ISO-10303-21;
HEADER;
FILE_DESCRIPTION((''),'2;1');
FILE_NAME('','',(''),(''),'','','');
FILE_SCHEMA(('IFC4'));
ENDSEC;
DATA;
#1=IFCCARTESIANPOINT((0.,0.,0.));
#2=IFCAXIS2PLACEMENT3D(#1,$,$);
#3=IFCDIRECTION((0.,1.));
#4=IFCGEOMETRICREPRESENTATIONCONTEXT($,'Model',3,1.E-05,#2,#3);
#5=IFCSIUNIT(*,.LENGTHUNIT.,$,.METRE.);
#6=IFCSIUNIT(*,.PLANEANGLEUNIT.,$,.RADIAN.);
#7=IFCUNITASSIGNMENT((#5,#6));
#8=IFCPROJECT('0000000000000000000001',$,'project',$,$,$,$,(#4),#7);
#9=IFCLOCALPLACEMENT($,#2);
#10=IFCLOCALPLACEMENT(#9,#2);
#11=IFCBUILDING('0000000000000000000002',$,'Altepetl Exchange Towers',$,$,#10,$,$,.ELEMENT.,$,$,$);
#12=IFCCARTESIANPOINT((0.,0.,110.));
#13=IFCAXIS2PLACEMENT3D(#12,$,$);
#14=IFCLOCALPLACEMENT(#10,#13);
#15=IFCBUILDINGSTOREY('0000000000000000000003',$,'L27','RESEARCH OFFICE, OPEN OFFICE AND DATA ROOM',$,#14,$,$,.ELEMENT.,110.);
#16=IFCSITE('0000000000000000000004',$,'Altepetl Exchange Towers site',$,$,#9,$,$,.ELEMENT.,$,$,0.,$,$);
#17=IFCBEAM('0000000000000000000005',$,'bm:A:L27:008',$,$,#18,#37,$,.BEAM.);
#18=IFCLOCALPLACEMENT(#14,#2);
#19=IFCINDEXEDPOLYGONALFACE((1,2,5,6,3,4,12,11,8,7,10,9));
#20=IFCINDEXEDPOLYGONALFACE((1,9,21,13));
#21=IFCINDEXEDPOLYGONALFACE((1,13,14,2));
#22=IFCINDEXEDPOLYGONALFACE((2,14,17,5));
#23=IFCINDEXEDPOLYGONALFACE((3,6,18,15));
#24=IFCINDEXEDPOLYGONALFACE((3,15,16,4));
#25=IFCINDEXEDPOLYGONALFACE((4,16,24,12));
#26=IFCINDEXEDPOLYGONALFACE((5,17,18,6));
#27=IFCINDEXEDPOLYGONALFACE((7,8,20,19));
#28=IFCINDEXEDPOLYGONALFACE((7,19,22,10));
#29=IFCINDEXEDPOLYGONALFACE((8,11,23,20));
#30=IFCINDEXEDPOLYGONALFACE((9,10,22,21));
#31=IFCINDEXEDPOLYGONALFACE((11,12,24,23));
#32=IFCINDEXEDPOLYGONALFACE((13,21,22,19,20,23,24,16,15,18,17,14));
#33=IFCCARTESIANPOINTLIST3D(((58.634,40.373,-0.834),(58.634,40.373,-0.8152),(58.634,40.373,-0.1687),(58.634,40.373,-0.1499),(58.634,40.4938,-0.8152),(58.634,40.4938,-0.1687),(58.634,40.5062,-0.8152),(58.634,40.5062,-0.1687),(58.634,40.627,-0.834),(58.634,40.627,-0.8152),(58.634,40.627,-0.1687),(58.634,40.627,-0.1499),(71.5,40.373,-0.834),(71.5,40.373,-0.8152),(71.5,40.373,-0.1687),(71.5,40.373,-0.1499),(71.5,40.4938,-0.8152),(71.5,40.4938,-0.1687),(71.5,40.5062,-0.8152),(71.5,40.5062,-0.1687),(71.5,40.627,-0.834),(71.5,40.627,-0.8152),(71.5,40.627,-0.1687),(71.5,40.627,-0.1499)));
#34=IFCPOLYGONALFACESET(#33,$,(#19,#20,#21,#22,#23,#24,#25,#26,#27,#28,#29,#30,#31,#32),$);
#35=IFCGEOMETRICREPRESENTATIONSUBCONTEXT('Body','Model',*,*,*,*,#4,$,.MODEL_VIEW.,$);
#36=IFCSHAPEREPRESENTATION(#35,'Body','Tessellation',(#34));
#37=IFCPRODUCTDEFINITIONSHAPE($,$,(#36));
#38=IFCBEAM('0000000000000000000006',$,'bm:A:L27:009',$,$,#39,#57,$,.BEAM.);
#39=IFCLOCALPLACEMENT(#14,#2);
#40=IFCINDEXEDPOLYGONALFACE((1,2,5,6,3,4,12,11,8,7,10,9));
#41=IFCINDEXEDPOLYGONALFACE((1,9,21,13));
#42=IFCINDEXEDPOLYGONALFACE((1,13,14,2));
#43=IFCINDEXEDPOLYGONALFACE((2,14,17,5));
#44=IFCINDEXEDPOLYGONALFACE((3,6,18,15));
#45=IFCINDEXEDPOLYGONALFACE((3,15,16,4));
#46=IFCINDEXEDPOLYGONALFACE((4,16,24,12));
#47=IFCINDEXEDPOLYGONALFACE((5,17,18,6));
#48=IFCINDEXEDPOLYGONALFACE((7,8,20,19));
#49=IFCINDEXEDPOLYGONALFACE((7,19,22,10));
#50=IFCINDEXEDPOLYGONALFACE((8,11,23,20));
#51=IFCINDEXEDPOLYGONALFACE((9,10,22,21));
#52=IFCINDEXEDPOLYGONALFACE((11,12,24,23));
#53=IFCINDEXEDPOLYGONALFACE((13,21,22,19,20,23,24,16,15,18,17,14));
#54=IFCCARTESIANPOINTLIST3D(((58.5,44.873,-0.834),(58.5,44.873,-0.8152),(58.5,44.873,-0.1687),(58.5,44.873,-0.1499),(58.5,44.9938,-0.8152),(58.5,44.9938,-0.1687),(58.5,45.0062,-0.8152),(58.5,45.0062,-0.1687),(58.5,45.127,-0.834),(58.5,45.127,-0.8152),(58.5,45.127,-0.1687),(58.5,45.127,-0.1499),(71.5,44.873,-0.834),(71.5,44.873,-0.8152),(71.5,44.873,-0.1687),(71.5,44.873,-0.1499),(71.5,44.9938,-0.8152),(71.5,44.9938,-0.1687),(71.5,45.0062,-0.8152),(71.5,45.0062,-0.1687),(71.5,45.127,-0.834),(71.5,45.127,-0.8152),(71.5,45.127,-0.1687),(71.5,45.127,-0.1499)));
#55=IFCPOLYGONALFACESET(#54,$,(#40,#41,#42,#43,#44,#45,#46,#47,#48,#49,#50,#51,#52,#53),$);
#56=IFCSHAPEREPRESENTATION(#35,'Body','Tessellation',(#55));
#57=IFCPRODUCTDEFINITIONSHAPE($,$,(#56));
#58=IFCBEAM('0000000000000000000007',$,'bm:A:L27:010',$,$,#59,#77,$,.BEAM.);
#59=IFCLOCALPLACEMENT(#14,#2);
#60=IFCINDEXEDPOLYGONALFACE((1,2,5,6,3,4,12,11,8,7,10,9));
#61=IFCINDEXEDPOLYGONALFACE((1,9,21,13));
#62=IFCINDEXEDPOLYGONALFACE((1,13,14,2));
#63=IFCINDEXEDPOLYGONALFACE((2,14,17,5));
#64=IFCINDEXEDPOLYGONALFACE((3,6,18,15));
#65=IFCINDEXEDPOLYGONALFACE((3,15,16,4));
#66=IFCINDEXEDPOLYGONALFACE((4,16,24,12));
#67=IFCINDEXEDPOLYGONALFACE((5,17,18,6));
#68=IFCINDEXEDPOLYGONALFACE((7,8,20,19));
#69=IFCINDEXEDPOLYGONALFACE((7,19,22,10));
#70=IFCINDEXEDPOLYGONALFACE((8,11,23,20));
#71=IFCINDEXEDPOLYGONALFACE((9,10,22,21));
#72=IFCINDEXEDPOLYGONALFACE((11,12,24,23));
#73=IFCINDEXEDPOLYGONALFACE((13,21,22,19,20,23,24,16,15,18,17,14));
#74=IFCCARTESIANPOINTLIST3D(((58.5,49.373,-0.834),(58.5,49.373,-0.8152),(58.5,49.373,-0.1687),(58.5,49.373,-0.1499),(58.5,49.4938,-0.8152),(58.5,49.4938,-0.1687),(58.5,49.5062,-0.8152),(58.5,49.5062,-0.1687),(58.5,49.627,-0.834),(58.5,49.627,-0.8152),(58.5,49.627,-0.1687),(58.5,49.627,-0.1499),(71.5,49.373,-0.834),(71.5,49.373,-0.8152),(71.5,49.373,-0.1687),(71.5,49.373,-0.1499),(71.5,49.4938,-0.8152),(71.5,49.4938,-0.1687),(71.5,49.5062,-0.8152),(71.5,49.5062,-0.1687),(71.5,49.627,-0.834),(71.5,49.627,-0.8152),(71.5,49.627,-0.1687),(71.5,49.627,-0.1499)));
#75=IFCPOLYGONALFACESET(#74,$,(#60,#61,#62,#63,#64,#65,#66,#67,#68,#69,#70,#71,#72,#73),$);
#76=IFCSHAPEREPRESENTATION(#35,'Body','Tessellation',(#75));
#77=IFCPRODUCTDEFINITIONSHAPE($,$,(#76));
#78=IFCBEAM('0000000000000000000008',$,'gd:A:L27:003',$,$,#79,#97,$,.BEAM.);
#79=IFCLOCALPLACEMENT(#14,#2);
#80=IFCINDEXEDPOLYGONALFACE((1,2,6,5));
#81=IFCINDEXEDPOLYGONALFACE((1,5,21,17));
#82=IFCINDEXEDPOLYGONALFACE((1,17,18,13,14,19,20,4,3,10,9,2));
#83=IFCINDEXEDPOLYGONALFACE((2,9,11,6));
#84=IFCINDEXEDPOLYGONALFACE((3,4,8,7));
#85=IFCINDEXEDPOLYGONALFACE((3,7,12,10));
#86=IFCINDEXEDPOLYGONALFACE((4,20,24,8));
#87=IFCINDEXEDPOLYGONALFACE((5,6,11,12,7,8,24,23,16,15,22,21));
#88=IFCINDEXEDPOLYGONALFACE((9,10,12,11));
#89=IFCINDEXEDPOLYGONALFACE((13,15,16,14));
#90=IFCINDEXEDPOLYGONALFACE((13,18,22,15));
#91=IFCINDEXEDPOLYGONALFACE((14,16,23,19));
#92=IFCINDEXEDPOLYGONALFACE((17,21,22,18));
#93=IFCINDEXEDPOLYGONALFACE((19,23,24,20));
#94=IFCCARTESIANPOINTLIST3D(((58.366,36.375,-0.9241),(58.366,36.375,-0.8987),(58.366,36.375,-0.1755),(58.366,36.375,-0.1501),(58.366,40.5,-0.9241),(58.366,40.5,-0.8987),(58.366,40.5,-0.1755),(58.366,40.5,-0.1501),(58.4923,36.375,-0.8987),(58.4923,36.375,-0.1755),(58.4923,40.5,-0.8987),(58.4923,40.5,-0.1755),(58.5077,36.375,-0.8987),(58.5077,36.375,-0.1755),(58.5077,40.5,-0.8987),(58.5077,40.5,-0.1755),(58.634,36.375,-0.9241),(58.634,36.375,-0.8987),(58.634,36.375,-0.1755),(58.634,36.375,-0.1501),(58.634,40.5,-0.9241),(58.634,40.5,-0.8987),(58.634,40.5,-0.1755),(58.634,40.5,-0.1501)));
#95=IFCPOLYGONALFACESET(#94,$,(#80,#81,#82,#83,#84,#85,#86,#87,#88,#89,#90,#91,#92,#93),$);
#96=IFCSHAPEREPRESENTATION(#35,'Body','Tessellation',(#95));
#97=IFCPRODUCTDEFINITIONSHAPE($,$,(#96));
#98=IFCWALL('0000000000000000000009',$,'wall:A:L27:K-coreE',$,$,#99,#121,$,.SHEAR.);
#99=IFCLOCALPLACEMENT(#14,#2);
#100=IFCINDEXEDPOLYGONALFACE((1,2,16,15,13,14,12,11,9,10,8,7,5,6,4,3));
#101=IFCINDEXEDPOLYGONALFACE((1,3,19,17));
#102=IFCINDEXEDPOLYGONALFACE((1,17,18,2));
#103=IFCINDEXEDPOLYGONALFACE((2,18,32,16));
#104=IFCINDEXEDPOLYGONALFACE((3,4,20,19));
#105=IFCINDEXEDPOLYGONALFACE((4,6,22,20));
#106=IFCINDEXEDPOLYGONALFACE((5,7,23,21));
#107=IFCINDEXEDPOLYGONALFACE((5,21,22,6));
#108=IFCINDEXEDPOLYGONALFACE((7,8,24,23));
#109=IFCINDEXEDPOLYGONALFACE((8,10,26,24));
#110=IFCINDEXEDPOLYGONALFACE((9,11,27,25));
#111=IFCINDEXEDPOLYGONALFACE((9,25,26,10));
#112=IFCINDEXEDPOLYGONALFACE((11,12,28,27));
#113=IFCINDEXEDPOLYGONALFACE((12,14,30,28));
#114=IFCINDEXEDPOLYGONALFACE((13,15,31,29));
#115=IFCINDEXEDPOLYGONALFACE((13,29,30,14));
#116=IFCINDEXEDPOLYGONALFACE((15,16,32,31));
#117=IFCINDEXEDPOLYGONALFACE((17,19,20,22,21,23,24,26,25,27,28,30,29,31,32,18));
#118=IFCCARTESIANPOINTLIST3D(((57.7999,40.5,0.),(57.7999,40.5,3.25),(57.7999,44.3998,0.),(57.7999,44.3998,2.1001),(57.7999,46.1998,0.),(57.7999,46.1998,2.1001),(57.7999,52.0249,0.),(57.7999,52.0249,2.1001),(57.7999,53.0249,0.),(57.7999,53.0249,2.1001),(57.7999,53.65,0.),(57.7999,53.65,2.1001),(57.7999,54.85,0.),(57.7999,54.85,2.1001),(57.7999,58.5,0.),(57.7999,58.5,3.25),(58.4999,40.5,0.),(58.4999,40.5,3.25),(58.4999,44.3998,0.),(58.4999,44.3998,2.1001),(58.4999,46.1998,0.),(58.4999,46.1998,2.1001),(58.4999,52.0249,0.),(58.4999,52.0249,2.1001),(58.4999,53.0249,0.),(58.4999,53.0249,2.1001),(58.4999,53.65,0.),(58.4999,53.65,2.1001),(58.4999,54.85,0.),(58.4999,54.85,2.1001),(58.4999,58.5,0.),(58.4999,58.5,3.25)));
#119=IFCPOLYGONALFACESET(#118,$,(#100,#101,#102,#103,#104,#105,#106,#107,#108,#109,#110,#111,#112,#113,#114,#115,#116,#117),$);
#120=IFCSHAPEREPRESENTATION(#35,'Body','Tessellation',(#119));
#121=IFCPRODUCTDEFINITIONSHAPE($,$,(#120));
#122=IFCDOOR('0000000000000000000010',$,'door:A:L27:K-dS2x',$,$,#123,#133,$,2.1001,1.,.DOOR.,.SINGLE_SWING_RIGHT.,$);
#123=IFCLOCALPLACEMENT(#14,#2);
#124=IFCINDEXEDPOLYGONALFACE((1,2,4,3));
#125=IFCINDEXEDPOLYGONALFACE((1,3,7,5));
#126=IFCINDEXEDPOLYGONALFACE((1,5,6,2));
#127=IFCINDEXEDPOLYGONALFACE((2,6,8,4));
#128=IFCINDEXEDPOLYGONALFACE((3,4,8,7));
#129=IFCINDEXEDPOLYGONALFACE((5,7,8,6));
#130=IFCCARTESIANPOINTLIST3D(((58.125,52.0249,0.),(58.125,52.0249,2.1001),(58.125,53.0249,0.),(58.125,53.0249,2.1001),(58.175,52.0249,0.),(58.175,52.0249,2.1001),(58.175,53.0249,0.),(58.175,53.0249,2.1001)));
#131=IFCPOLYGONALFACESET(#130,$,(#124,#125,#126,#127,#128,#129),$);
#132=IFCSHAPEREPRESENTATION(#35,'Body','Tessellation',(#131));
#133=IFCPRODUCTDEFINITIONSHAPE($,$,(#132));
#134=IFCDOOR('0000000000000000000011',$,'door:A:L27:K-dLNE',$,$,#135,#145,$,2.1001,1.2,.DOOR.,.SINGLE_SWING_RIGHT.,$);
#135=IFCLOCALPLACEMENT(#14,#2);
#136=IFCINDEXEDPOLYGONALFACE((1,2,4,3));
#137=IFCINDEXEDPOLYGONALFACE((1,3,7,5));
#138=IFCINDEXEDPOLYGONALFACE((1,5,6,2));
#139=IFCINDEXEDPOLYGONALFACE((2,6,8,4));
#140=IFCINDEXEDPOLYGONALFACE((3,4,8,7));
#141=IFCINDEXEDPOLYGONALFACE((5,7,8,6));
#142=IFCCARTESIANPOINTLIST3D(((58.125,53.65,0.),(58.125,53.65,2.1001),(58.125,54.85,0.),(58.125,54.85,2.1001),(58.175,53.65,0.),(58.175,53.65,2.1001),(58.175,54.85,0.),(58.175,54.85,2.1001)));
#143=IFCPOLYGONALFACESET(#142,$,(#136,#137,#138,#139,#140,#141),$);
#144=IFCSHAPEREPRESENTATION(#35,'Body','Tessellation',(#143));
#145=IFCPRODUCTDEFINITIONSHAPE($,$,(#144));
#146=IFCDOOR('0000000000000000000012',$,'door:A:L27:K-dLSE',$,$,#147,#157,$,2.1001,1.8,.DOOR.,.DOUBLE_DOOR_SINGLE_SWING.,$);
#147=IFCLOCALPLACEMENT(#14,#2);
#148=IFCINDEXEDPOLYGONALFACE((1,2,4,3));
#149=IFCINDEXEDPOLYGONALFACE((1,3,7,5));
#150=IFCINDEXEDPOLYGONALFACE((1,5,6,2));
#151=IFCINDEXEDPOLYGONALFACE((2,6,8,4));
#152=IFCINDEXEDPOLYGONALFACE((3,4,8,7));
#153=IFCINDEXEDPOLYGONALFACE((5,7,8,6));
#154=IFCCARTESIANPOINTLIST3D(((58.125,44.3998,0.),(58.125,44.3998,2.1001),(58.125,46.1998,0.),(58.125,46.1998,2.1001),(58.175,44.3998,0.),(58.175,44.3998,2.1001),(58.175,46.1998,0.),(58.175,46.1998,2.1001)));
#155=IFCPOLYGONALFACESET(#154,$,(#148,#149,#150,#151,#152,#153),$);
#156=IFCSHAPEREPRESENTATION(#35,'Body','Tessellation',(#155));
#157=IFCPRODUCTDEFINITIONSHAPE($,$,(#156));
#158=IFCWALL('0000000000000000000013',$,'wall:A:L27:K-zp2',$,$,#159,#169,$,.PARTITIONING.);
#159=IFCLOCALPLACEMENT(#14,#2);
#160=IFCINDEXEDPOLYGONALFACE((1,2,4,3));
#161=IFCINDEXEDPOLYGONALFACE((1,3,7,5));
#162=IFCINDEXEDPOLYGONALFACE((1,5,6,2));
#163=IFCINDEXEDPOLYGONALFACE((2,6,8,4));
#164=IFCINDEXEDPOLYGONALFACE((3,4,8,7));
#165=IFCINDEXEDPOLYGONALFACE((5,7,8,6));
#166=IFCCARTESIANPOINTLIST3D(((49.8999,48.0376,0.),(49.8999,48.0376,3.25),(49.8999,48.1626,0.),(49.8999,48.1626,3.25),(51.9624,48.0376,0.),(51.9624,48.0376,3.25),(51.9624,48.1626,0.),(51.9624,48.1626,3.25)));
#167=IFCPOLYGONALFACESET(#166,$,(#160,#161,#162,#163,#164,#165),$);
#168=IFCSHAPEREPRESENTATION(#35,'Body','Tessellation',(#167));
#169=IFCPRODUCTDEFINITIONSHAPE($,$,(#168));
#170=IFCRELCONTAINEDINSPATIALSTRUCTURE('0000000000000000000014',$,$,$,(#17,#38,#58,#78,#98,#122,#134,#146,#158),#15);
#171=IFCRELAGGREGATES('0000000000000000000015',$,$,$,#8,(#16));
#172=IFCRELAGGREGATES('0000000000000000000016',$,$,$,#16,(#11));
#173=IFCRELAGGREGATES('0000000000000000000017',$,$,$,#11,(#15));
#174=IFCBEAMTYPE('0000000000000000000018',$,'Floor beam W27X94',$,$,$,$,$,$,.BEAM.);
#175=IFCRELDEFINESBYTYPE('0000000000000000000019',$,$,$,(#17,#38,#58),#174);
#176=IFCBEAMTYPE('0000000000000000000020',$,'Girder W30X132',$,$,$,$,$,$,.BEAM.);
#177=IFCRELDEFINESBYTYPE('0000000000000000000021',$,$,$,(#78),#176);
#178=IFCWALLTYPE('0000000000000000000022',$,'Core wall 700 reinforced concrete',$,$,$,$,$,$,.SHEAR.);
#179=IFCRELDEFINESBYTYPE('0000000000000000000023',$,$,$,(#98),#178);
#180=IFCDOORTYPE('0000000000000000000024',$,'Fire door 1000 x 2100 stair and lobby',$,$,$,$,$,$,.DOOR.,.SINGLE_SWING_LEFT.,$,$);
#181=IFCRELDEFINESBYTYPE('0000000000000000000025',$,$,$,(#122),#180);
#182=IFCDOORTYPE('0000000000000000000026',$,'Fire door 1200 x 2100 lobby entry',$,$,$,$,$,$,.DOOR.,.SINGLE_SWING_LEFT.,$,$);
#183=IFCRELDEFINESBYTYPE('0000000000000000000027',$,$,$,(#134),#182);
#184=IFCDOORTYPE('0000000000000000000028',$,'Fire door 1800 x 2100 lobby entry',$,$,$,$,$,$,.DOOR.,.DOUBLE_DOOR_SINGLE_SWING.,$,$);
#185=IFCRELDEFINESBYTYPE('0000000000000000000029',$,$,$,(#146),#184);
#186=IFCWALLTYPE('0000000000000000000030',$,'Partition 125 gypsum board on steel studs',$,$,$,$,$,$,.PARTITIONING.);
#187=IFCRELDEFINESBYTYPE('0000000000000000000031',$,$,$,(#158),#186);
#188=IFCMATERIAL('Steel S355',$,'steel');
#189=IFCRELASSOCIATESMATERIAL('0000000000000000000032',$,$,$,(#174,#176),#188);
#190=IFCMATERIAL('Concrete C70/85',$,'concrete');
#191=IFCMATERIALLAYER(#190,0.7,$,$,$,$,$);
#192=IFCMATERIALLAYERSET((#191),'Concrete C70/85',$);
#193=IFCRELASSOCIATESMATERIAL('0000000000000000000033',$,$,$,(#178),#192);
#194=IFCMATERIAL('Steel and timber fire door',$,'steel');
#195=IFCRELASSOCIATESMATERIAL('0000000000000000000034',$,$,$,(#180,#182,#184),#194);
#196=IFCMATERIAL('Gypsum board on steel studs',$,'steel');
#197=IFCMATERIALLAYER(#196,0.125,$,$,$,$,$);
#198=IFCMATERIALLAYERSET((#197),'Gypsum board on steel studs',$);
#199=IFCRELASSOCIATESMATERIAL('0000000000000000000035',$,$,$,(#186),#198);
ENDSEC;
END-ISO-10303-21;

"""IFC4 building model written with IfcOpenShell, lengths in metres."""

from ifc_helpers import new_model, si_unit, direction, frame, frame_2d, origin, origin_2d, place, context, subcontext, project, spatial, rectangle, i_section, extrude, material, layer, layer_set, material_profile, profile_set, type_object, element, fill, save


model = new_model("IFC4")

# Units and contexts
model_context = context("Model", 3, precision=1e-05, world=origin(), true_north=direction((0.0, 1.0)))
body_context = subcontext(model_context, "Body", "Model", "MODEL_VIEW")
ifc_project = project(units=[si_unit("LENGTHUNIT", "METRE"), si_unit("PLANEANGLEUNIT", "RADIAN")], contexts=[model_context])

# Site, building, storey
site_placement = place(None, origin())
site = spatial("IfcSite", under=ifc_project, at=site_placement, Name="Altepetl Exchange Towers site", CompositionType="ELEMENT", RefElevation=0.0)
building_placement = place(site_placement, origin())
building = spatial("IfcBuilding", under=site, at=building_placement, Name="Altepetl Exchange Towers", CompositionType="ELEMENT")
storey_placement = place(building_placement, frame((0.0, 0.0, 110.0)))
storey = spatial("IfcBuildingStorey", under=building, at=storey_placement, Name="L27", Description="RESEARCH OFFICE, OPEN OFFICE AND DATA ROOM", CompositionType="ELEMENT", Elevation=110.0)

# Beams
ifc_material_1 = material(Name="Steel S355", Category="steel")
ifc_material_profile_1 = material_profile(ifc_material_1, i_section(OverallWidth=0.2539, OverallDepth=0.6841, WebThickness=0.0125, FlangeThickness=0.0188, at=origin_2d()), Name="W27X94")
ifc_profile_set_1 = profile_set([ifc_material_profile_1], Name="Steel S355")
beam_type_1 = type_object("IfcBeamType", Name="Floor beam W27X94", PredefinedType="BEAM", material=ifc_profile_set_1)
beam_1_placement = place(storey_placement, frame((58.634, 40.5, -0.4919), z_axis=(1.0, 0.0, 0.0), x_axis=(0.0, 1.0, 0.0)))
element("IfcBeam", 1, at=beam_1_placement, inside=storey, type_object=beam_type_1, Name="bm:A:L27:008", PredefinedType="BEAM", context=body_context, shape_type="SweptSolid", body=[
    extrude(i_section(OverallWidth=0.2539, OverallDepth=0.6841, WebThickness=0.0125, FlangeThickness=0.0188, at=origin_2d()), origin(), (0.0, 0.0, 1.0), 12.866),
])
for number, where, z_axis, x_axis, name in (
    (2, (58.5, 45.0, -0.4919), (1.0, 0.0, 0.0), (0.0, 1.0, 0.0), "bm:A:L27:009"),
    (3, (58.5, 49.5, -0.4919), (1.0, 0.0, 0.0), (0.0, 1.0, 0.0), "bm:A:L27:010"),
):
    element("IfcBeam", number, at=place(storey_placement, frame(where, z_axis=z_axis, x_axis=x_axis)), inside=storey, type_object=beam_type_1, Name=name, PredefinedType="BEAM", context=body_context, shape_type="SweptSolid", body=[
        extrude(i_section(OverallWidth=0.2539, OverallDepth=0.6841, WebThickness=0.0125, FlangeThickness=0.0188, at=origin_2d()), origin(), (0.0, 0.0, 1.0), 13.0),
    ])
ifc_material_profile_2 = material_profile(ifc_material_1, i_section(OverallWidth=0.2681, OverallDepth=0.7739, WebThickness=0.0154, FlangeThickness=0.0254, at=origin_2d()), Name="W30X132")
ifc_profile_set_2 = profile_set([ifc_material_profile_2], Name="Steel S355")
beam_type_2 = type_object("IfcBeamType", Name="Girder W30X132", PredefinedType="BEAM", material=ifc_profile_set_2)
beam_2_placement = place(storey_placement, frame((58.5, 40.5, -0.5371), z_axis=(0.0, -1.0, 0.0), x_axis=(1.0, 0.0, 0.0)))
element("IfcBeam", 4, at=beam_2_placement, inside=storey, type_object=beam_type_2, Name="gd:A:L27:003", PredefinedType="BEAM", context=body_context, shape_type="SweptSolid", body=[
    extrude(i_section(OverallWidth=0.2681, OverallDepth=0.7739, WebThickness=0.0154, FlangeThickness=0.0254, at=origin_2d()), origin(), (0.0, 0.0, 1.0), 4.125),
])

# Wall, openings, doors
ifc_material_2 = material(Name="Concrete C70/85", Category="concrete")
ifc_layer_1 = layer(ifc_material_2, 0.7)
ifc_layer_set_1 = layer_set([ifc_layer_1], Name="Concrete C70/85")
wall_type_1 = type_object("IfcWallType", Name="Core wall 700 reinforced concrete", PredefinedType="SHEAR", material=ifc_layer_set_1)
wall_1_placement = place(storey_placement, frame((58.1499, 40.5, 0.0), z_axis=(0.0, 0.0, 1.0), x_axis=(0.0, 1.0, 0.0)))
wall_1 = element("IfcWall", 5, at=wall_1_placement, inside=storey, type_object=wall_type_1, Name="wall:A:L27:K-coreE", PredefinedType="SHEAR", context=body_context, shape_type="SweptSolid", body=[
    extrude(rectangle(XDim=18.0, YDim=0.7, at=frame_2d((9.0, 0.0))), origin(), (0.0, 0.0, 1.0), 3.25),
])
opening_1_placement = place(wall_1_placement, frame((13.1499, 0.0, 0.0)))
opening_1 = element("IfcOpeningElement", 6, at=opening_1_placement, cuts=wall_1, PredefinedType="OPENING", context=body_context, shape_type="SweptSolid", body=[
    extrude(rectangle(XDim=1.2, YDim=2.1001, at=frame_2d((0.6001, 1.05))), frame((0.0, 0.3599, 0.0), z_axis=(0.0, -1.0, 0.0), x_axis=(1.0, 0.0, 0.0)), (0.0, 0.0, 1.0), 0.72),
])
opening_2_placement = place(wall_1_placement, frame((3.8999, 0.0, 0.0)))
opening_2 = element("IfcOpeningElement", 7, at=opening_2_placement, cuts=wall_1, PredefinedType="OPENING", context=body_context, shape_type="SweptSolid", body=[
    extrude(rectangle(XDim=1.8, YDim=2.1001, at=frame_2d((0.8999, 1.05))), frame((0.0, 0.3599, 0.0), z_axis=(0.0, -1.0, 0.0), x_axis=(1.0, 0.0, 0.0)), (0.0, 0.0, 1.0), 0.72),
])
opening_3_placement = place(wall_1_placement, frame((11.5249, 0.0, 0.0)))
opening_3 = element("IfcOpeningElement", 8, at=opening_3_placement, cuts=wall_1, PredefinedType="OPENING", context=body_context, shape_type="SweptSolid", body=[
    extrude(rectangle(XDim=1.0, YDim=2.1001, at=frame_2d((0.5, 1.05))), frame((0.0, 0.3599, 0.0), z_axis=(0.0, -1.0, 0.0), x_axis=(1.0, 0.0, 0.0)), (0.0, 0.0, 1.0), 0.72),
])
ifc_material_3 = material(Name="Steel and timber fire door", Category="steel")
door_type_1 = type_object("IfcDoorType", Name="Fire door 1000 x 2100 stair and lobby", OperationType="SINGLE_SWING_LEFT", PredefinedType="DOOR", material=ifc_material_3)
door_1_placement = place(opening_3_placement, origin())
door_1 = element("IfcDoor", 9, at=door_1_placement, inside=storey, type_object=door_type_1, Name="door:A:L27:K-dS2x", OperationType="SINGLE_SWING_RIGHT", OverallHeight=2.1001, OverallWidth=1.0, PredefinedType="DOOR", context=body_context, shape_type="SweptSolid", body=[
    extrude(rectangle(XDim=1.0, YDim=2.1001, at=frame_2d((0.5, 1.05))), frame((0.0, 0.0249, 0.0), z_axis=(0.0, -1.0, 0.0), x_axis=(1.0, 0.0, 0.0)), (0.0, 0.0, 1.0), 0.05),
])
fill(opening_3, door_1)
door_type_2 = type_object("IfcDoorType", Name="Fire door 1200 x 2100 lobby entry", OperationType="SINGLE_SWING_LEFT", PredefinedType="DOOR", material=ifc_material_3)
door_2_placement = place(opening_1_placement, origin())
door_2 = element("IfcDoor", 10, at=door_2_placement, inside=storey, type_object=door_type_2, Name="door:A:L27:K-dLNE", OperationType="SINGLE_SWING_RIGHT", OverallHeight=2.1001, OverallWidth=1.2, PredefinedType="DOOR", context=body_context, shape_type="SweptSolid", body=[
    extrude(rectangle(XDim=1.2, YDim=2.1001, at=frame_2d((0.6001, 1.05))), frame((0.0, 0.0249, 0.0), z_axis=(0.0, -1.0, 0.0), x_axis=(1.0, 0.0, 0.0)), (0.0, 0.0, 1.0), 0.05),
])
fill(opening_1, door_2)
door_type_3 = type_object("IfcDoorType", Name="Fire door 1800 x 2100 lobby entry", OperationType="DOUBLE_DOOR_SINGLE_SWING", PredefinedType="DOOR", material=ifc_material_3)
door_3_placement = place(opening_2_placement, origin())
door_3 = element("IfcDoor", 11, at=door_3_placement, inside=storey, type_object=door_type_3, Name="door:A:L27:K-dLSE", OperationType="DOUBLE_DOOR_SINGLE_SWING", OverallHeight=2.1001, OverallWidth=1.8, PredefinedType="DOOR", context=body_context, shape_type="SweptSolid", body=[
    extrude(rectangle(XDim=1.8, YDim=2.1001, at=frame_2d((0.8999, 1.05))), frame((0.0, 0.0249, 0.0), z_axis=(0.0, -1.0, 0.0), x_axis=(1.0, 0.0, 0.0)), (0.0, 0.0, 1.0), 0.05),
])
fill(opening_2, door_3)

# Wall
ifc_material_4 = material(Name="Gypsum board on steel studs", Category="steel")
ifc_layer_2 = layer(ifc_material_4, 0.125)
ifc_layer_set_2 = layer_set([ifc_layer_2], Name="Gypsum board on steel studs")
wall_type_2 = type_object("IfcWallType", Name="Partition 125 gypsum board on steel studs", PredefinedType="PARTITIONING", material=ifc_layer_set_2)
wall_2_placement = place(storey_placement, frame((51.9624, 48.1001, 0.0), z_axis=(0.0, 0.0, 1.0), x_axis=(-1.0, 0.0, 0.0)))
element("IfcWall", 12, at=wall_2_placement, inside=storey, type_object=wall_type_2, Name="wall:A:L27:K-zp2", PredefinedType="PARTITIONING", context=body_context, shape_type="SweptSolid", body=[
    extrude(rectangle(XDim=2.0625, YDim=0.125, at=frame_2d((1.0312, 0.0))), origin(), (0.0, 0.0, 1.0), 3.25),
])

save(model, "model.ifc")
